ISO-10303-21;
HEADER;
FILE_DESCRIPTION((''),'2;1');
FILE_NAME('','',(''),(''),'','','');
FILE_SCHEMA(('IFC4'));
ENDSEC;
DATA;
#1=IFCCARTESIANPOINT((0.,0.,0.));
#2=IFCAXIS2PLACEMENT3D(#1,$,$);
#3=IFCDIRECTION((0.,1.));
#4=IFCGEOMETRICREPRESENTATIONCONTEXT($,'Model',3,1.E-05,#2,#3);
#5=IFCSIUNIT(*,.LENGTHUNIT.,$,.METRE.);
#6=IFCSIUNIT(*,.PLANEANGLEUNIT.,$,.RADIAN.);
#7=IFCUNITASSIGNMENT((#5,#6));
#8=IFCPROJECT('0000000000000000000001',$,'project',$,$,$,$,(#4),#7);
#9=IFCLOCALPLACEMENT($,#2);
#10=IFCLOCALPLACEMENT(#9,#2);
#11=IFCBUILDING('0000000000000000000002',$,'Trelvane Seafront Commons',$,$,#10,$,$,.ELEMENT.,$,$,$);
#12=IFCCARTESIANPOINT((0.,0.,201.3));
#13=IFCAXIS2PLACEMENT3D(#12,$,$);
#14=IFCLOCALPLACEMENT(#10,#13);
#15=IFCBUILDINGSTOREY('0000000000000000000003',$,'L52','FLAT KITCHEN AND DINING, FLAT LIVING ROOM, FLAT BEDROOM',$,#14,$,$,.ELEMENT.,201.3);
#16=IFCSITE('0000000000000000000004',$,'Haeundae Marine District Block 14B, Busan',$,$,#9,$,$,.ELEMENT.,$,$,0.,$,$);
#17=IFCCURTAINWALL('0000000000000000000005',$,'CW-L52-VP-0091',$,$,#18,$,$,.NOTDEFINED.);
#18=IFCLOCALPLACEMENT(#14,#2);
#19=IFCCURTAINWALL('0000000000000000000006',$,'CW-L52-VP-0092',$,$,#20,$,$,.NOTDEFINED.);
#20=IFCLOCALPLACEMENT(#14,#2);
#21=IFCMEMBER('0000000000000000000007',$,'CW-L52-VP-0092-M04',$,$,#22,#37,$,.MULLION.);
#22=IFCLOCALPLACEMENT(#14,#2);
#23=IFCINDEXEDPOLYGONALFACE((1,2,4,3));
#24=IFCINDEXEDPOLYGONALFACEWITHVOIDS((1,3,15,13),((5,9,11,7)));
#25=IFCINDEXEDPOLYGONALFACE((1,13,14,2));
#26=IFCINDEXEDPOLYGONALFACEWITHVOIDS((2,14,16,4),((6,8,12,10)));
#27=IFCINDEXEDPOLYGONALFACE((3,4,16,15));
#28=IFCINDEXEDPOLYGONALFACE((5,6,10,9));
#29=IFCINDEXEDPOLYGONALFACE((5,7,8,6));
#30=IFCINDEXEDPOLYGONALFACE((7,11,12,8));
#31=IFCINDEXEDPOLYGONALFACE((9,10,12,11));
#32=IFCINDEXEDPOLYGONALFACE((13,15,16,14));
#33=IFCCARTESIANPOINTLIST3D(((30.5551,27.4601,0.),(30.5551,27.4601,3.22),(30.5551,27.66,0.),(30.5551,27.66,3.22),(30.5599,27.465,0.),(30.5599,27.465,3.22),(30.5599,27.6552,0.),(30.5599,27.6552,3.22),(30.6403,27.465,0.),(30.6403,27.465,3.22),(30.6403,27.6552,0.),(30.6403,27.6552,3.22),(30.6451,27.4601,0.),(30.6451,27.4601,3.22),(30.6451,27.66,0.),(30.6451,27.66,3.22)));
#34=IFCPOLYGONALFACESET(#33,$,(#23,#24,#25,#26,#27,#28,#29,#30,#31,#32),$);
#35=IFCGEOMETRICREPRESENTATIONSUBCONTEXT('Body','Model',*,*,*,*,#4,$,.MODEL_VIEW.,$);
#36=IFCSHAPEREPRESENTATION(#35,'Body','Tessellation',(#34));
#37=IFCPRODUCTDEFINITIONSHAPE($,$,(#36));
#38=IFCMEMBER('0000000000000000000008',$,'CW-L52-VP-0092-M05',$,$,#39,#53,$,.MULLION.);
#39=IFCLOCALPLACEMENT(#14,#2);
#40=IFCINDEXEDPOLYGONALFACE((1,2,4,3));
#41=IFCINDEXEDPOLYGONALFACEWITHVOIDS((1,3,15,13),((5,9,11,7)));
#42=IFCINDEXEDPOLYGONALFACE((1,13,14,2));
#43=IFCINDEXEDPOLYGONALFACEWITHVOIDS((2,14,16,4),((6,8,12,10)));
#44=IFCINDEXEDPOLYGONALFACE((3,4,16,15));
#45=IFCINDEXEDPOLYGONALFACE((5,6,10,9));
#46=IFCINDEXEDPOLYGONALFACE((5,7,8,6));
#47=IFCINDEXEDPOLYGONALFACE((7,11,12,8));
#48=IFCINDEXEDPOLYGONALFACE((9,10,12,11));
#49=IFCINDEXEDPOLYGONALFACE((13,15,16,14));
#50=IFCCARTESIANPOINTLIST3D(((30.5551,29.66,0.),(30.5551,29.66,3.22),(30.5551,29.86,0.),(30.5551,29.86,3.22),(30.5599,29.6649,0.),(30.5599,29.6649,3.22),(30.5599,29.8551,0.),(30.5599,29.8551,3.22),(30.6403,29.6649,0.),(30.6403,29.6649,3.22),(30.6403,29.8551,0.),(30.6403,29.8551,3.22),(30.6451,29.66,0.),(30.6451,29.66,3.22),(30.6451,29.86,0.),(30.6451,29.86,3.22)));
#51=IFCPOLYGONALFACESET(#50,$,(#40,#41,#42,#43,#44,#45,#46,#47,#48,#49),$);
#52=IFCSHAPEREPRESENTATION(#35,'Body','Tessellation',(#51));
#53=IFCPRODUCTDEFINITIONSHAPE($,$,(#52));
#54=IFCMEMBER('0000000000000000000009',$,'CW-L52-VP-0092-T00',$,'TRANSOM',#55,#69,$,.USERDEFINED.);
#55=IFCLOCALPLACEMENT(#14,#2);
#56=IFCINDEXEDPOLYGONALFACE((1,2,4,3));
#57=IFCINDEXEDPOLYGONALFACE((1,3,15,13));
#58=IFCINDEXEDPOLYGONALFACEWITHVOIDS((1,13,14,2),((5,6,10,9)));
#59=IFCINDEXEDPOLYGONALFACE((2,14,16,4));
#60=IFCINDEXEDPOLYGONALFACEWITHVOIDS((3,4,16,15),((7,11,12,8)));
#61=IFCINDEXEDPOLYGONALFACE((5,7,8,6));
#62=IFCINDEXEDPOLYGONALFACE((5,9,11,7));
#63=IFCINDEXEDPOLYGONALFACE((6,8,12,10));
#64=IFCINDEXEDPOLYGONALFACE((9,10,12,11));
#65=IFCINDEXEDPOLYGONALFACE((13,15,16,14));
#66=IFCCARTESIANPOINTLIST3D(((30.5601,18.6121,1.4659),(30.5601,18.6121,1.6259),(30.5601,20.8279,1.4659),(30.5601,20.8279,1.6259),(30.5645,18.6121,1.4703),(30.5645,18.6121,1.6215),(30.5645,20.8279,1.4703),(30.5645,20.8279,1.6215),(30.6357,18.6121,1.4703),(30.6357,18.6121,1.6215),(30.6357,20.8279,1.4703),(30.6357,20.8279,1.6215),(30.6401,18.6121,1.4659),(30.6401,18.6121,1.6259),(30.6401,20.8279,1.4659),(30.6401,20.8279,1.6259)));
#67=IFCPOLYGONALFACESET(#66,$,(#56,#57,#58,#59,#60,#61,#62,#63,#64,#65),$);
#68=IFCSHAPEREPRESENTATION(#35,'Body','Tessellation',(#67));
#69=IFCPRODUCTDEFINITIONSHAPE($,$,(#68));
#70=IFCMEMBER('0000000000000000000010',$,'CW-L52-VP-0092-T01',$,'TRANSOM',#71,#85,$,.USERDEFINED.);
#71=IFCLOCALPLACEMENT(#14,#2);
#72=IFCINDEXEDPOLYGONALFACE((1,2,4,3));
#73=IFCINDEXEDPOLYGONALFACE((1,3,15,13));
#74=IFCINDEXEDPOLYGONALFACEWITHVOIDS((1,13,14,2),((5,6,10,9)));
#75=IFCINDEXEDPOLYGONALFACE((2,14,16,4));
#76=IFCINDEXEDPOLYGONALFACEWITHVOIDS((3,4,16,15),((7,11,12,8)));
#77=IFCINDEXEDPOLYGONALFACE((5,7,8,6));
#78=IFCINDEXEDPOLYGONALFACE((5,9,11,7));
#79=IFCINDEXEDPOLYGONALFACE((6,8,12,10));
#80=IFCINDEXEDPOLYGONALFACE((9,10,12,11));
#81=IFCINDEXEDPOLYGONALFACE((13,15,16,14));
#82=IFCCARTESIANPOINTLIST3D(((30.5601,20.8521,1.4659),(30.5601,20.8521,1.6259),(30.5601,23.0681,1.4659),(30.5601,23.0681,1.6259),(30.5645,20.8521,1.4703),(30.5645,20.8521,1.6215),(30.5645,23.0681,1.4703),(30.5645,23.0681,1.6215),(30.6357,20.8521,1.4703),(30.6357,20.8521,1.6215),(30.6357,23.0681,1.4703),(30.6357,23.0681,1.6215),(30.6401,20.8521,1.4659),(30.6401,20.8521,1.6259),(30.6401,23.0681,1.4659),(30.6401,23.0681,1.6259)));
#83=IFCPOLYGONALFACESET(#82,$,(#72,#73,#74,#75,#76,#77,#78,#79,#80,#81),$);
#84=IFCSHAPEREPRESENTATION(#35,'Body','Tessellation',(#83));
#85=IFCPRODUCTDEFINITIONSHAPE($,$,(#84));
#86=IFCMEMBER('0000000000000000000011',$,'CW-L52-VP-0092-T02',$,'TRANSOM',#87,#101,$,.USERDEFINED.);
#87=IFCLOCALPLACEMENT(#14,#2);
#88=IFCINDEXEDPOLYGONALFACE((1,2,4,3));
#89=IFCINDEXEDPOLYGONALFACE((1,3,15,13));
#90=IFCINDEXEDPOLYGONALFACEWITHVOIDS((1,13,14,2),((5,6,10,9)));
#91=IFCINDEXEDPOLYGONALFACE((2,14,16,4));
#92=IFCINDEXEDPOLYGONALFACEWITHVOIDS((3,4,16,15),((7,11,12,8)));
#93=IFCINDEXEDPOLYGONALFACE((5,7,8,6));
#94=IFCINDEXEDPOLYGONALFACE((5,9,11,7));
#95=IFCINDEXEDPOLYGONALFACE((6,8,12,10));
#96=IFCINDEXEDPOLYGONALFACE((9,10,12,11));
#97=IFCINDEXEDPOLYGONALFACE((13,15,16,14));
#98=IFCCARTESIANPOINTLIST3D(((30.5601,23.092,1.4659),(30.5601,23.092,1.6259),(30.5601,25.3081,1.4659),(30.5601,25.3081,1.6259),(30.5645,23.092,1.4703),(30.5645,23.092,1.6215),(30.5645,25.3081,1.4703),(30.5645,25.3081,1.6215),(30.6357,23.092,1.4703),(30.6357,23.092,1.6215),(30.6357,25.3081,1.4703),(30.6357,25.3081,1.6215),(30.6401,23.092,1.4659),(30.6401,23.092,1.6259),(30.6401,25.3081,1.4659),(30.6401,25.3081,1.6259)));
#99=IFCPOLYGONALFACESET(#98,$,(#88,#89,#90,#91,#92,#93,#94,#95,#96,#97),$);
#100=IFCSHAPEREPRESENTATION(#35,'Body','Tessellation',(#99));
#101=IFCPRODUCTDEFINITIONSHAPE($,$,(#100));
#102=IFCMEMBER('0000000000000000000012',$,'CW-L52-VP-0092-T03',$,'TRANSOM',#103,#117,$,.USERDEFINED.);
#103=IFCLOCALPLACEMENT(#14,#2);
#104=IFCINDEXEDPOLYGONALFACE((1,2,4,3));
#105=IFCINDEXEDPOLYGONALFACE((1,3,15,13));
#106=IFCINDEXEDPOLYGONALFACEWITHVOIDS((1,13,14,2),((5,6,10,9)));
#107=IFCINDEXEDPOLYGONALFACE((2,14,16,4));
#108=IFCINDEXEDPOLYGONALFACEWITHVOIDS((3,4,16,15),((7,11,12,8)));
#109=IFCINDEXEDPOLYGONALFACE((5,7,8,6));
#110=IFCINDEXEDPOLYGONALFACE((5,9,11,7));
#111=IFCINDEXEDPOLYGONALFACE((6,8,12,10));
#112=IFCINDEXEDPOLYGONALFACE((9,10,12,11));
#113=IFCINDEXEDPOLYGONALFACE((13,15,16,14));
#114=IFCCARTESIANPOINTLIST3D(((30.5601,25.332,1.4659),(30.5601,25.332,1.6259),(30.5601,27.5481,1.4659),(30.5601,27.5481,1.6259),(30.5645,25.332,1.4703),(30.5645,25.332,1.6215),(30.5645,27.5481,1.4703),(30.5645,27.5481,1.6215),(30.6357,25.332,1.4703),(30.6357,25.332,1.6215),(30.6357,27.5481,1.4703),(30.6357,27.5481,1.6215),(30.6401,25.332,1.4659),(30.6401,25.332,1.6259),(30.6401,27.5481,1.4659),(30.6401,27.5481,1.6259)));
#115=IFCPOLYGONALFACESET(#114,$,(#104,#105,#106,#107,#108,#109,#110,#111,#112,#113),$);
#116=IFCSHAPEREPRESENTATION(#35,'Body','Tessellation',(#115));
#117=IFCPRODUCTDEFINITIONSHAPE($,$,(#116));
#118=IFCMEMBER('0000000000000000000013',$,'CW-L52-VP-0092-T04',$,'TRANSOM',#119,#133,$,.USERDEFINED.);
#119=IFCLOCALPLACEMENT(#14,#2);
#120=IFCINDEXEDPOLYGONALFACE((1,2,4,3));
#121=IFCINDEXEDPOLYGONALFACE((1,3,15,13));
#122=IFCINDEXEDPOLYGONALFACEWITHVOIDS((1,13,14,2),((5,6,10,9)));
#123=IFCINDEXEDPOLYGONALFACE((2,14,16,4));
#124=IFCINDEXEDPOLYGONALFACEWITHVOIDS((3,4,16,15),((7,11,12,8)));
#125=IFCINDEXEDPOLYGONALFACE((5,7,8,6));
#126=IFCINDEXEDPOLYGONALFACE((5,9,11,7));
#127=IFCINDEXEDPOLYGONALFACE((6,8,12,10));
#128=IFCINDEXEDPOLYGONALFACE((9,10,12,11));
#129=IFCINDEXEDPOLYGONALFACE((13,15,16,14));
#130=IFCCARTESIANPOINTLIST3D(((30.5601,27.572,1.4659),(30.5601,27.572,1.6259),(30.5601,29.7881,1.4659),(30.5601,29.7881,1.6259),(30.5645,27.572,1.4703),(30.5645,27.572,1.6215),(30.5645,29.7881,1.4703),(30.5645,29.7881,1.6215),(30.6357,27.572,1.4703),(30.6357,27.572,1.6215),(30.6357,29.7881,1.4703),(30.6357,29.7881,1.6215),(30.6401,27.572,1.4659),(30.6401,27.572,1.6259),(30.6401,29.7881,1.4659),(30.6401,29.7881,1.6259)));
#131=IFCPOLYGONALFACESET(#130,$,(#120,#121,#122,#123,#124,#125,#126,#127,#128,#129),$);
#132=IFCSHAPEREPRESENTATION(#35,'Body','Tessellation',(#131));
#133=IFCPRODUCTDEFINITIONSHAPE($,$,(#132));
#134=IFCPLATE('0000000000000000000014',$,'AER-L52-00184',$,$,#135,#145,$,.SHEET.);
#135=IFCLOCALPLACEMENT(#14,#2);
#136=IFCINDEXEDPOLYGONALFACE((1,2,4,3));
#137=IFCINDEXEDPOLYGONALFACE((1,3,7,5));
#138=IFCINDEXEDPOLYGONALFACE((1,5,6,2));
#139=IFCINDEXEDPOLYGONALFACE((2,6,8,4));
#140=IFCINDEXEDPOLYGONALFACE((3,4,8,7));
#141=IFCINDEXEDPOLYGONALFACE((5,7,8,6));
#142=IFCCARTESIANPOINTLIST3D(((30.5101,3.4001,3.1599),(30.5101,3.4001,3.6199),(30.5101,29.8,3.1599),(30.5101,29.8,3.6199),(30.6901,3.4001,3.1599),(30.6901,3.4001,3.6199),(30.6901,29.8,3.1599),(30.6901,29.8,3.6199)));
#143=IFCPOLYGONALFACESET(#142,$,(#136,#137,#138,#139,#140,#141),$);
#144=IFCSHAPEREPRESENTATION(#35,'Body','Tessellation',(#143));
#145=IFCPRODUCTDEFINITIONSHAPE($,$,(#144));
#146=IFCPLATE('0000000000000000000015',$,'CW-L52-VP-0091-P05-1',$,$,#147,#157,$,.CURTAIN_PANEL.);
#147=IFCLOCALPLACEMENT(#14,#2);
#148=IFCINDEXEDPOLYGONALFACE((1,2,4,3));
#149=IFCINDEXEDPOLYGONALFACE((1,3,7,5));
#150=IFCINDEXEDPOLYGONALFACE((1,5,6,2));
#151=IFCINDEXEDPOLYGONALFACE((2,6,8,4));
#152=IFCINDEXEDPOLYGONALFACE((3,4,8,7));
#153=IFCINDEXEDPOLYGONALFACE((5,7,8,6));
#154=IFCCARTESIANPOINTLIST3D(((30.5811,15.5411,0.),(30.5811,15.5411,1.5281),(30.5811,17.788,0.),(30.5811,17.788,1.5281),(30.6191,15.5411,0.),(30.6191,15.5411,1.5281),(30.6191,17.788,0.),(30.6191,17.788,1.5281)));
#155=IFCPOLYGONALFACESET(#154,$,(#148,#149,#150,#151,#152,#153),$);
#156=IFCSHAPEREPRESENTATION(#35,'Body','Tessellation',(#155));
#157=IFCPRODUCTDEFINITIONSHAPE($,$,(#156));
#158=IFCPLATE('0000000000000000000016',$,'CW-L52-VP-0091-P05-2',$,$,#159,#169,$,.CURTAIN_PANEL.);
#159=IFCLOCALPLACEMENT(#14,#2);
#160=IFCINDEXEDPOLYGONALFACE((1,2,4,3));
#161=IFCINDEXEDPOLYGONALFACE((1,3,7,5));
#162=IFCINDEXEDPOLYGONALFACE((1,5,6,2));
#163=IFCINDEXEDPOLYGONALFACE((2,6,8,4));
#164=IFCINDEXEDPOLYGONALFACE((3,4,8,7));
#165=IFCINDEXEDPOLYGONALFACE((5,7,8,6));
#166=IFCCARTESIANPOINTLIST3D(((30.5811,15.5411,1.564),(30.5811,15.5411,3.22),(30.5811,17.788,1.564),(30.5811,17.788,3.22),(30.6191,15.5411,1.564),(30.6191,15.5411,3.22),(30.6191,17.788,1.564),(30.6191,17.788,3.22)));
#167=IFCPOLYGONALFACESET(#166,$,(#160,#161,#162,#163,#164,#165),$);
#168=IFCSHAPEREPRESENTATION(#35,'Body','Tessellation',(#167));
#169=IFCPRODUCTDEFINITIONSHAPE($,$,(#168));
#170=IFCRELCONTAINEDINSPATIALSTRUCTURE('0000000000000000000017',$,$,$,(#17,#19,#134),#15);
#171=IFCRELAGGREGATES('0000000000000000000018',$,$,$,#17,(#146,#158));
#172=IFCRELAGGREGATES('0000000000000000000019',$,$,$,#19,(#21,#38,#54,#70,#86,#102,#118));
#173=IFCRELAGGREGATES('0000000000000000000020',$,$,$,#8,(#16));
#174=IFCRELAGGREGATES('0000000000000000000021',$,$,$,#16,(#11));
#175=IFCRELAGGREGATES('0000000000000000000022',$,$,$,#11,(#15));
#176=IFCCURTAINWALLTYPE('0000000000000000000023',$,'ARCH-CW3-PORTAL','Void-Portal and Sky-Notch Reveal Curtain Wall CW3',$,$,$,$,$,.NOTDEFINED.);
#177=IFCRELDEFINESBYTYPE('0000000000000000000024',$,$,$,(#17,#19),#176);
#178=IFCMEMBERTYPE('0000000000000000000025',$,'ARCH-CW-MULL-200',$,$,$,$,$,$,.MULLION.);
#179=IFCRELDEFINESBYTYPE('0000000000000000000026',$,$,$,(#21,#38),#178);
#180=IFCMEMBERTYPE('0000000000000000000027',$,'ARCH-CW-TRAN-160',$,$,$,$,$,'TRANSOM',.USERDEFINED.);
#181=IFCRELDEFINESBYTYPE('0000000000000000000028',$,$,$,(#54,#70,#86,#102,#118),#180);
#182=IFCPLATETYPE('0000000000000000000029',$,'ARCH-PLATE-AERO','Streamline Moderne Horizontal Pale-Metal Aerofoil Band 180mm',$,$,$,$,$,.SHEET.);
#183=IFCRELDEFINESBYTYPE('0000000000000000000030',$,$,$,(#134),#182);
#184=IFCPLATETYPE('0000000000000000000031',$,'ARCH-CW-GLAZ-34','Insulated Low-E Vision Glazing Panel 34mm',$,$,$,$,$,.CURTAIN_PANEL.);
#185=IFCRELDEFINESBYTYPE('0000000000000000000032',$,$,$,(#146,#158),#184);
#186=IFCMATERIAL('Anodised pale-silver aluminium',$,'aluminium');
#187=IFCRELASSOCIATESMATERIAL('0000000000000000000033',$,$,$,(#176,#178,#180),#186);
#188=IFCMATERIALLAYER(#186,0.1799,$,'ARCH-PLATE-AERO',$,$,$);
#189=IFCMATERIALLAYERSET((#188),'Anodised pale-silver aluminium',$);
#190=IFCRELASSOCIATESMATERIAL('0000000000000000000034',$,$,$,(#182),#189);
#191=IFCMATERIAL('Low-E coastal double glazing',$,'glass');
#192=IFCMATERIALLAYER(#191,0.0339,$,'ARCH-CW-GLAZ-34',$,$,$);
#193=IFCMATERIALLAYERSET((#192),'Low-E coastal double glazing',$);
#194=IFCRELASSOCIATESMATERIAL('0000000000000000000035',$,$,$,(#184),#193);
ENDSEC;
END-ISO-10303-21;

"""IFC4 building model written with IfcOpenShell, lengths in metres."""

from ifc_helpers import new_model, si_unit, direction, frame, origin, origin_2d, place, context, subcontext, project, spatial, rectangle, hollow_rectangle, extrude, source, transform, mapped, material, layer, layer_set, material_profile, profile_set, type_object, element, aggregate, save


model = new_model("IFC4")

# Units and contexts
model_context = context("Model", 3, precision=1e-05, world=origin(), true_north=direction((0.0, 1.0)))
body_context = subcontext(model_context, "Body", "Model", "MODEL_VIEW")
ifc_project = project(units=[si_unit("LENGTHUNIT", "METRE"), si_unit("PLANEANGLEUNIT", "RADIAN")], contexts=[model_context])

# Site, building, storey
site_placement = place(None, origin())
site = spatial("IfcSite", under=ifc_project, at=site_placement, Name="Haeundae Marine District Block 14B, Busan", CompositionType="ELEMENT", RefElevation=0.0)
building_placement = place(site_placement, origin())
building = spatial("IfcBuilding", under=site, at=building_placement, Name="Trelvane Seafront Commons", CompositionType="ELEMENT")
storey_placement = place(building_placement, frame((0.0, 0.0, 201.3)))
storey = spatial("IfcBuildingStorey", under=building, at=storey_placement, Name="L52", Description="FLAT KITCHEN AND DINING, FLAT LIVING ROOM, FLAT BEDROOM", CompositionType="ELEMENT", Elevation=201.3)

# Curtain wall
ifc_material_1 = material(Name="Anodised pale-silver aluminium", Category="aluminium")
curtain_wall_type = type_object("IfcCurtainWallType", Name="ARCH-CW3-PORTAL", Description="Void-Portal and Sky-Notch Reveal Curtain Wall CW3", PredefinedType="NOTDEFINED", material=ifc_material_1)
curtain_wall_1_placement = place(storey_placement, origin())
curtain_wall_1 = element("IfcCurtainWall", 1, at=curtain_wall_1_placement, inside=storey, type_object=curtain_wall_type, Name="CW-L52-VP-0091", PredefinedType="NOTDEFINED")
ifc_material_profile_1 = material_profile(ifc_material_1, hollow_rectangle(XDim=0.0901, YDim=0.2, WallThickness=0.0049, at=origin_2d()), Name="MULL-90x200x5")
ifc_profile_set_1 = profile_set([ifc_material_profile_1], Name="Anodised pale-silver aluminium")
member_type_1 = type_object("IfcMemberType", Name="ARCH-CW-MULL-200", PredefinedType="MULLION", material=ifc_profile_set_1)
shared_shape_1 = source(origin(), body_context, "Body", "SweptSolid", [
    extrude(hollow_rectangle(XDim=0.0901, YDim=0.2, WallThickness=0.0049, at=origin_2d()), origin(), (0.0, 0.0, 1.0), 3.22),
])

# Curtain wall, members
curtain_wall_2_placement = place(storey_placement, origin())
curtain_wall_2 = element("IfcCurtainWall", 2, at=curtain_wall_2_placement, inside=storey, type_object=curtain_wall_type, Name="CW-L52-VP-0092", PredefinedType="NOTDEFINED")
member_1_placement = place(storey_placement, frame((30.6001, 27.5601, 0.0), z_axis=(0.0, 0.0, 1.0), x_axis=(1.0, 0.0, 0.0)))
member_1 = element("IfcMember", 3, at=member_1_placement, type_object=member_type_1, Name="CW-L52-VP-0092-M04", PredefinedType="MULLION", context=body_context, shape_type="MappedRepresentation", body=[
    mapped(shared_shape_1, transform((0.0, 0.0, 0.0), x_axis=(1.0, 0.0, 0.0), y_axis=(0.0, 1.0, 0.0), z_axis=(0.0, 0.0, 1.0), scale=1.0)),
])
member_2_placement = place(storey_placement, frame((30.6001, 29.76, 0.0), z_axis=(0.0, 0.0, 1.0), x_axis=(1.0, 0.0, 0.0)))
member_2 = element("IfcMember", 4, at=member_2_placement, type_object=member_type_1, Name="CW-L52-VP-0092-M05", PredefinedType="MULLION", context=body_context, shape_type="MappedRepresentation", body=[
    mapped(shared_shape_1, transform((0.0, 0.0, 0.0), x_axis=(1.0, 0.0, 0.0), y_axis=(0.0, 1.0, 0.0), z_axis=(0.0, 0.0, 1.0), scale=1.0)),
])
ifc_material_profile_2 = material_profile(ifc_material_1, hollow_rectangle(XDim=0.0801, YDim=0.1599, WallThickness=0.0044, at=origin_2d()), Name="TRAN-80x160x4.5")
ifc_profile_set_2 = profile_set([ifc_material_profile_2], Name="Anodised pale-silver aluminium")
member_type_2 = type_object("IfcMemberType", Name="ARCH-CW-TRAN-160", ElementType="TRANSOM", PredefinedType="USERDEFINED", material=ifc_profile_set_2)
shared_shape_2 = source(origin(), body_context, "Body", "SweptSolid", [
    extrude(hollow_rectangle(XDim=0.0801, YDim=0.1599, WallThickness=0.0044, at=origin_2d()), origin(), (0.0, 0.0, 1.0), 2.2158),
])
member_3_placement = place(storey_placement, frame((30.6001, 18.6121, 1.5459), z_axis=(0.0, 1.0, 0.0), x_axis=(-1.0, 0.0, 0.0)))
member_3 = element("IfcMember", 5, at=member_3_placement, type_object=member_type_2, Name="CW-L52-VP-0092-T00", ObjectType="TRANSOM", PredefinedType="USERDEFINED", context=body_context, shape_type="MappedRepresentation", body=[
    mapped(shared_shape_2, transform((0.0, 0.0, 0.0), x_axis=(1.0, 0.0, 0.0), y_axis=(0.0, 1.0, 0.0), z_axis=(0.0, 0.0, 1.0), scale=1.0)),
])
shared_shape_3 = source(origin(), body_context, "Body", "SweptSolid", [
    extrude(hollow_rectangle(XDim=0.0801, YDim=0.1599, WallThickness=0.0044, at=origin_2d()), origin(), (0.0, 0.0, 1.0), 2.2161),
])
member_4_placement = place(storey_placement, frame((30.6001, 20.8521, 1.5459), z_axis=(0.0, 1.0, 0.0), x_axis=(-1.0, 0.0, 0.0)))
member_4 = element("IfcMember", 6, at=member_4_placement, type_object=member_type_2, Name="CW-L52-VP-0092-T01", ObjectType="TRANSOM", PredefinedType="USERDEFINED", context=body_context, shape_type="MappedRepresentation", body=[
    mapped(shared_shape_3, transform((0.0, 0.0, 0.0), x_axis=(1.0, 0.0, 0.0), y_axis=(0.0, 1.0, 0.0), z_axis=(0.0, 0.0, 1.0), scale=1.0)),
])
member_5_placement = place(storey_placement, frame((30.6001, 23.092, 1.5459), z_axis=(0.0, 1.0, 0.0), x_axis=(-1.0, 0.0, 0.0)))
member_5 = element("IfcMember", 7, at=member_5_placement, type_object=member_type_2, Name="CW-L52-VP-0092-T02", ObjectType="TRANSOM", PredefinedType="USERDEFINED", context=body_context, shape_type="MappedRepresentation", body=[
    mapped(shared_shape_3, transform((0.0, 0.0, 0.0), x_axis=(1.0, 0.0, 0.0), y_axis=(0.0, 1.0, 0.0), z_axis=(0.0, 0.0, 1.0), scale=1.0)),
])
member_6_placement = place(storey_placement, frame((30.6001, 25.332, 1.5459), z_axis=(0.0, 1.0, 0.0), x_axis=(-1.0, 0.0, 0.0)))
member_6 = element("IfcMember", 8, at=member_6_placement, type_object=member_type_2, Name="CW-L52-VP-0092-T03", ObjectType="TRANSOM", PredefinedType="USERDEFINED", context=body_context, shape_type="MappedRepresentation", body=[
    mapped(shared_shape_3, transform((0.0, 0.0, 0.0), x_axis=(1.0, 0.0, 0.0), y_axis=(0.0, 1.0, 0.0), z_axis=(0.0, 0.0, 1.0), scale=1.0)),
])
member_7_placement = place(storey_placement, frame((30.6001, 27.572, 1.5459), z_axis=(0.0, 1.0, 0.0), x_axis=(-1.0, 0.0, 0.0)))
member_7 = element("IfcMember", 9, at=member_7_placement, type_object=member_type_2, Name="CW-L52-VP-0092-T04", ObjectType="TRANSOM", PredefinedType="USERDEFINED", context=body_context, shape_type="MappedRepresentation", body=[
    mapped(shared_shape_3, transform((0.0, 0.0, 0.0), x_axis=(1.0, 0.0, 0.0), y_axis=(0.0, 1.0, 0.0), z_axis=(0.0, 0.0, 1.0), scale=1.0)),
])

# Plates
ifc_layer_1 = layer(ifc_material_1, 0.1799, Name="ARCH-PLATE-AERO")
ifc_layer_set_1 = layer_set([ifc_layer_1], Name="Anodised pale-silver aluminium")
plate_type_1 = type_object("IfcPlateType", Name="ARCH-PLATE-AERO", Description="Streamline Moderne Horizontal Pale-Metal Aerofoil Band 180mm", PredefinedType="SHEET", material=ifc_layer_set_1)
shared_shape_4 = source(origin(), body_context, "Body", "SweptSolid", [
    extrude(rectangle(XDim=26.3999, YDim=0.1799, at=origin_2d()), origin(), (0.0, 0.0, 1.0), 0.46),
])
plate_1_placement = place(storey_placement, frame((30.6001, 16.6001, 3.1599), z_axis=(0.0, 0.0, 1.0), x_axis=(0.0, -1.0, 0.0)))
element("IfcPlate", 10, at=plate_1_placement, inside=storey, type_object=plate_type_1, Name="AER-L52-00184", PredefinedType="SHEET", context=body_context, shape_type="MappedRepresentation", body=[
    mapped(shared_shape_4, transform((0.0, 0.0, 0.0), x_axis=(1.0, 0.0, 0.0), y_axis=(0.0, 1.0, 0.0), z_axis=(0.0, 0.0, 1.0), scale=1.0)),
])
ifc_material_2 = material(Name="Low-E coastal double glazing", Category="glass")
ifc_layer_2 = layer(ifc_material_2, 0.0339, Name="ARCH-CW-GLAZ-34")
ifc_layer_set_2 = layer_set([ifc_layer_2], Name="Low-E coastal double glazing")
plate_type_2 = type_object("IfcPlateType", Name="ARCH-CW-GLAZ-34", Description="Insulated Low-E Vision Glazing Panel 34mm", PredefinedType="CURTAIN_PANEL", material=ifc_layer_set_2)
shared_shape_5 = source(origin(), body_context, "Body", "SweptSolid", [
    extrude(rectangle(XDim=2.2468, YDim=0.0381, at=origin_2d()), origin(), (0.0, 0.0, 1.0), 1.5281),
])
plate_2_placement = place(storey_placement, frame((30.6001, 16.6646, 0.0), z_axis=(0.0, 0.0, 1.0), x_axis=(0.0, 1.0, 0.0)))
plate_2 = element("IfcPlate", 11, at=plate_2_placement, type_object=plate_type_2, Name="CW-L52-VP-0091-P05-1", PredefinedType="CURTAIN_PANEL", context=body_context, shape_type="MappedRepresentation", body=[
    mapped(shared_shape_5, transform((0.0, 0.0, 0.0), x_axis=(1.0, 0.0, 0.0), y_axis=(0.0, 1.0, 0.0), z_axis=(0.0, 0.0, 1.0), scale=1.0)),
])
shared_shape_6 = source(origin(), body_context, "Body", "SweptSolid", [
    extrude(rectangle(XDim=2.2468, YDim=0.0381, at=origin_2d()), origin(), (0.0, 0.0, 1.0), 1.656),
])
plate_3_placement = place(storey_placement, frame((30.6001, 16.6646, 1.564), z_axis=(0.0, 0.0, 1.0), x_axis=(0.0, 1.0, 0.0)))
plate_3 = element("IfcPlate", 12, at=plate_3_placement, type_object=plate_type_2, Name="CW-L52-VP-0091-P05-2", PredefinedType="CURTAIN_PANEL", context=body_context, shape_type="MappedRepresentation", body=[
    mapped(shared_shape_6, transform((0.0, 0.0, 0.0), x_axis=(1.0, 0.0, 0.0), y_axis=(0.0, 1.0, 0.0), z_axis=(0.0, 0.0, 1.0), scale=1.0)),
])
aggregate(curtain_wall_1, [plate_2, plate_3])
aggregate(curtain_wall_2, [member_1, member_2, member_3, member_4, member_5, member_6, member_7])

save(model, "model.ifc")
